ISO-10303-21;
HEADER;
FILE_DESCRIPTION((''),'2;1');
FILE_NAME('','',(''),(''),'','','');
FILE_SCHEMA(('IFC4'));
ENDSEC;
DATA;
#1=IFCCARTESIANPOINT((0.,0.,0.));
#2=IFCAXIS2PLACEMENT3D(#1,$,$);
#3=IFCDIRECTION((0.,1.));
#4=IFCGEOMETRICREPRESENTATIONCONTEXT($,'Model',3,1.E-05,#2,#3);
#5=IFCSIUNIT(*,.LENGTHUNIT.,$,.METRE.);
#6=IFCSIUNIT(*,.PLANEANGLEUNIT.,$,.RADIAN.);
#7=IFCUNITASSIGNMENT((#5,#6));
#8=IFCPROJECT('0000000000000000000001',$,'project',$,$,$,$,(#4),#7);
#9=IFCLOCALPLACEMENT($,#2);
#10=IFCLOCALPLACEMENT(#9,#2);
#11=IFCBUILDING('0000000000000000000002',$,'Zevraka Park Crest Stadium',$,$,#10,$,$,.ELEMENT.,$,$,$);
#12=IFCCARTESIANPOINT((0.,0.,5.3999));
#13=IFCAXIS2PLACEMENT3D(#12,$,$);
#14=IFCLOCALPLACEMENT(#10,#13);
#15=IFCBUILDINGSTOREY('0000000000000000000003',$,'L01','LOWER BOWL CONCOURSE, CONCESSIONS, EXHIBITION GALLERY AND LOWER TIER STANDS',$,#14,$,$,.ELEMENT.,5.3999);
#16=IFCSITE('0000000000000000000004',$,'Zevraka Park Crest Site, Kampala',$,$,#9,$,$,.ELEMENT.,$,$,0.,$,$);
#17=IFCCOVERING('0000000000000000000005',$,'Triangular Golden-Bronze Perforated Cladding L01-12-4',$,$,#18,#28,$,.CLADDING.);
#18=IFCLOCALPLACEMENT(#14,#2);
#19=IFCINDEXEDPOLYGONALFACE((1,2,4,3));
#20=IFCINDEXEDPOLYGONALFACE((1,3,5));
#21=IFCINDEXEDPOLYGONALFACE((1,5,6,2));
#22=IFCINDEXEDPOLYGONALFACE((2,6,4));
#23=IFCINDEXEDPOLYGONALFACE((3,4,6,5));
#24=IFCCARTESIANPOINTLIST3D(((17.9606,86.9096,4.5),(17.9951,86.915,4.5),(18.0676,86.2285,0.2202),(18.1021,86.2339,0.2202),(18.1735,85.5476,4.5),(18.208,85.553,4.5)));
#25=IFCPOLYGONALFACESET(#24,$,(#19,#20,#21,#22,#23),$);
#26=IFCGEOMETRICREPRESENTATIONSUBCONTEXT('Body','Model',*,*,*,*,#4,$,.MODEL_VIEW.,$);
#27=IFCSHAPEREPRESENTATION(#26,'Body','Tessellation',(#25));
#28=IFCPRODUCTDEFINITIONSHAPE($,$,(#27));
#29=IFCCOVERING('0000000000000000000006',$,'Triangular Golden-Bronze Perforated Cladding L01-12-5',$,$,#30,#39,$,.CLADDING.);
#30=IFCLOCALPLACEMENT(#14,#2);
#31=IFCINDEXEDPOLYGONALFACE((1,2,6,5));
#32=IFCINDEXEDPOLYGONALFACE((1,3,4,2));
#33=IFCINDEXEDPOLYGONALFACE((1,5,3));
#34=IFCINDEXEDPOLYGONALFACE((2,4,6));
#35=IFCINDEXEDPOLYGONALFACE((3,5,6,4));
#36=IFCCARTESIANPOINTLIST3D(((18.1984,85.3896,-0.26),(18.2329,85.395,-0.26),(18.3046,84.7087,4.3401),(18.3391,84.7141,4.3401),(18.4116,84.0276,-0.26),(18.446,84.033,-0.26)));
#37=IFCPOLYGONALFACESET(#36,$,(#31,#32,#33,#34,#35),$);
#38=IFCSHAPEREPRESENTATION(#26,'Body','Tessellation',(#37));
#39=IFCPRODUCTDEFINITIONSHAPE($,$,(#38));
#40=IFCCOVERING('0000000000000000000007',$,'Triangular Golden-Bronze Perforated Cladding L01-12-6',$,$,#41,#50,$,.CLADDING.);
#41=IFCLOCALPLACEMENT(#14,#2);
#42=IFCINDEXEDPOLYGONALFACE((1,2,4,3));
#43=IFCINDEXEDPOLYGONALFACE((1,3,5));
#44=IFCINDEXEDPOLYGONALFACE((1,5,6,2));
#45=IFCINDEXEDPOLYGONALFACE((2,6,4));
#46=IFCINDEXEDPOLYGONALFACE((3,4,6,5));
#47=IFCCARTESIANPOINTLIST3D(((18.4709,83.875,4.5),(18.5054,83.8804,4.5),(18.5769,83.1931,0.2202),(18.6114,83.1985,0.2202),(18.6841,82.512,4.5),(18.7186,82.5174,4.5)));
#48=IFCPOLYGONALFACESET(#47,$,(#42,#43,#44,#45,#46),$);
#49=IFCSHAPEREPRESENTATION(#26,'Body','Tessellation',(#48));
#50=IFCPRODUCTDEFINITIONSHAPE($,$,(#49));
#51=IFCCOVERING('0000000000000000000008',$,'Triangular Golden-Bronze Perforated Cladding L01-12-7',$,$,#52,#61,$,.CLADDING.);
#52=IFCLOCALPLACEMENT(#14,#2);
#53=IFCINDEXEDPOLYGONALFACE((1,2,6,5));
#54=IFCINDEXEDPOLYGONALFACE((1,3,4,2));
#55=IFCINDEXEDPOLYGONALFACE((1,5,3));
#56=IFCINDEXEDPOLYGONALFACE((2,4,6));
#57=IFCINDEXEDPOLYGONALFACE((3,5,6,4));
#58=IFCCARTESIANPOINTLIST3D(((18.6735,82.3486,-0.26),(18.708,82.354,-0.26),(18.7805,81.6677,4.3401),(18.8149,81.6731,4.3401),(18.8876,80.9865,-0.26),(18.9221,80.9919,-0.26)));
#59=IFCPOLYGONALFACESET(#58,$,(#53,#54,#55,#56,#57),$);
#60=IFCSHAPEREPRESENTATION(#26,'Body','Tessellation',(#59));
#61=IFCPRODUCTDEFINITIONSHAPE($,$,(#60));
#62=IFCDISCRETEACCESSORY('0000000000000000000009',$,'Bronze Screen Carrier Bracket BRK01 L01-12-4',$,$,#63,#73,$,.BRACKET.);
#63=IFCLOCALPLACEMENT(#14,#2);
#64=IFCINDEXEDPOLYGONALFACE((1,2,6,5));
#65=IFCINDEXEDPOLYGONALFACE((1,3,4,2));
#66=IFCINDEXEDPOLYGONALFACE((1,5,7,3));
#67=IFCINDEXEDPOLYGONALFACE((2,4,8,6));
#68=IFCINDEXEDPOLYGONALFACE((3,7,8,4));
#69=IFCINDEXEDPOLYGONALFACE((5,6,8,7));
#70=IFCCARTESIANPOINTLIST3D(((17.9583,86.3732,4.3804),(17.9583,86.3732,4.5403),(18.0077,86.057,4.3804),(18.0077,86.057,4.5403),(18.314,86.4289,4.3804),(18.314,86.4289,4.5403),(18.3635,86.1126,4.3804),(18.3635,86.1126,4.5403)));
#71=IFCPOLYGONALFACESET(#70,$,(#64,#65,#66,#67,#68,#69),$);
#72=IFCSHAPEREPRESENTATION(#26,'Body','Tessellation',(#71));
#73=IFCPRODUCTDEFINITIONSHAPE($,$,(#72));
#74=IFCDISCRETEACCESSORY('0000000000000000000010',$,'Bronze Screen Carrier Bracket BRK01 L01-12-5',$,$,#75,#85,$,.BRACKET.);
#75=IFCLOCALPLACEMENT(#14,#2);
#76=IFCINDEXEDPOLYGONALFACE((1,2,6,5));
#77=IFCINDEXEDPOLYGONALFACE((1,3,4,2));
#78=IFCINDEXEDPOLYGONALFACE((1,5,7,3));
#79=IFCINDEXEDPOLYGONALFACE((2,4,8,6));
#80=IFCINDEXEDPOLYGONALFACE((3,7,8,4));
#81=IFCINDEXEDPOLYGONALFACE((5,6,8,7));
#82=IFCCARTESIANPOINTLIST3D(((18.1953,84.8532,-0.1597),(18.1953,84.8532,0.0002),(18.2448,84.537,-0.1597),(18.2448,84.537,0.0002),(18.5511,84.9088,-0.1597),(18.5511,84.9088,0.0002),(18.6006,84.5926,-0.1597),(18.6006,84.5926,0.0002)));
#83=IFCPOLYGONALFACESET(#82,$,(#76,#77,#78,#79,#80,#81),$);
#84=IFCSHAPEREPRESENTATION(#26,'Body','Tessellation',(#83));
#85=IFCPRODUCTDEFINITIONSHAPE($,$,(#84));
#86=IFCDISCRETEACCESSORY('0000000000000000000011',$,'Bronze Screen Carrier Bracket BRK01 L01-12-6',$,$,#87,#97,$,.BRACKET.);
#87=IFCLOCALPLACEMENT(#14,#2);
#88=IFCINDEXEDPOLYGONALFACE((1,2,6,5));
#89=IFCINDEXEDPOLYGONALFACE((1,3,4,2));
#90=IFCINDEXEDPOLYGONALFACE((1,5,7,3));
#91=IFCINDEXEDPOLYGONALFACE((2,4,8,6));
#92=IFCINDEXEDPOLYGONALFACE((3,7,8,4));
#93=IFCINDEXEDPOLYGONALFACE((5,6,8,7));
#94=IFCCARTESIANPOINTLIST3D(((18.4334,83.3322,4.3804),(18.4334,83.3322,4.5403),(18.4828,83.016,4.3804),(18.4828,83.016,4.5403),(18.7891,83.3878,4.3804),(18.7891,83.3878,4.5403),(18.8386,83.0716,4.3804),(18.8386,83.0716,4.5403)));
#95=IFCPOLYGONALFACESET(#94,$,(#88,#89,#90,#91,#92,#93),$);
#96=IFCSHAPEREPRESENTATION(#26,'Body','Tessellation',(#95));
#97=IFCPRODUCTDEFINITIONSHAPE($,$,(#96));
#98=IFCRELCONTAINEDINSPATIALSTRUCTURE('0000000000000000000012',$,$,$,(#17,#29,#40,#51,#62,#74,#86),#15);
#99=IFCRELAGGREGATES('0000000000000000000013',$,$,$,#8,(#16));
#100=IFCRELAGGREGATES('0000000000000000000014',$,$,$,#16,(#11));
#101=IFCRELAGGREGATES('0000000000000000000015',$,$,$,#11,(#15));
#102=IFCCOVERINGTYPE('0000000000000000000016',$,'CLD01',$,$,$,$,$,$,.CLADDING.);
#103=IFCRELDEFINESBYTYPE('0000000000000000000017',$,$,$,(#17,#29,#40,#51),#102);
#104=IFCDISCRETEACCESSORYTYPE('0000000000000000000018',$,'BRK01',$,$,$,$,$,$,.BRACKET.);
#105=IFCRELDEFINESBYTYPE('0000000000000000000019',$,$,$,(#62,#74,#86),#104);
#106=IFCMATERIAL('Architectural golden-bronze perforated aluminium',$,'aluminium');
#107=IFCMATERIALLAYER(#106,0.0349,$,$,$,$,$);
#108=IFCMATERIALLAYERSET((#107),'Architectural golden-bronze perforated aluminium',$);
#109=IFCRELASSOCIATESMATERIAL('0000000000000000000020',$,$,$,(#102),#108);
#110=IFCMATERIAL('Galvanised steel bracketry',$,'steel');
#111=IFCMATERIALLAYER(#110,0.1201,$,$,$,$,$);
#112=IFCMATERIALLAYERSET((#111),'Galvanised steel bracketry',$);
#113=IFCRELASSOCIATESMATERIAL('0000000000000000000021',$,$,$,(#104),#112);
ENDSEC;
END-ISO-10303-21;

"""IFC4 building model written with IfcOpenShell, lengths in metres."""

from ifc_helpers import new_model, si_unit, direction, frame, origin, origin_2d, place, context, subcontext, project, spatial, polyline, rectangle, outline, extrude, material, layer, layer_set, type_object, element, save


model = new_model("IFC4")

# Units and contexts
model_context = context("Model", 3, precision=1e-05, world=origin(), true_north=direction((0.0, 1.0)))
body_context = subcontext(model_context, "Body", "Model", "MODEL_VIEW")
ifc_project = project(units=[si_unit("LENGTHUNIT", "METRE"), si_unit("PLANEANGLEUNIT", "RADIAN")], contexts=[model_context])

# Site, building, storey
site_placement = place(None, origin())
site = spatial("IfcSite", under=ifc_project, at=site_placement, Name="Zevraka Park Crest Site, Kampala", CompositionType="ELEMENT", RefElevation=0.0)
building_placement = place(site_placement, origin())
building = spatial("IfcBuilding", under=site, at=building_placement, Name="Zevraka Park Crest Stadium", CompositionType="ELEMENT")
storey_placement = place(building_placement, frame((0.0, 0.0, 5.3999)))
storey = spatial("IfcBuildingStorey", under=building, at=storey_placement, Name="L01", Description="LOWER BOWL CONCOURSE, CONCESSIONS, EXHIBITION GALLERY AND LOWER TIER STANDS", CompositionType="ELEMENT", Elevation=5.3999)

# Coverings
ifc_material_1 = material(Name="Architectural golden-bronze perforated aluminium", Category="aluminium")
ifc_layer_1 = layer(ifc_material_1, 0.0349)
ifc_layer_set_1 = layer_set([ifc_layer_1], Name="Architectural golden-bronze perforated aluminium")
covering_type = type_object("IfcCoveringType", Name="CLD01", PredefinedType="CLADDING", material=ifc_layer_set_1)
covering_1_placement = place(storey_placement, frame((18.208, 85.553, 4.5), z_axis=(0.988004, 0.154425, 0.000108), x_axis=(-0.154426, 0.988004, 0.0)))
element("IfcCovering", 1, at=covering_1_placement, inside=storey, type_object=covering_type, Name="Triangular Golden-Bronze Perforated Cladding L01-12-4", PredefinedType="CLADDING", context=body_context, shape_type="SweptSolid", body=[
    extrude(outline(polyline([(0.0, 0.0), (1.3786, 0.0), (0.6891, -4.2798), (0.0, 0.0)])), origin(), (0.0, 0.0, -1.0), 0.0349),
])
covering_2_placement = place(storey_placement, frame((18.2329, 85.395, -0.26), z_axis=(0.987977, 0.154598, 0.000075), x_axis=(0.154598, -0.987977, 0.0)))
element("IfcCovering", 2, at=covering_2_placement, inside=storey, type_object=covering_type, Name="Triangular Golden-Bronze Perforated Cladding L01-12-5", PredefinedType="CLADDING", context=body_context, shape_type="SweptSolid", body=[
    extrude(outline(polyline([(0.0, 0.0), (1.3786, 0.0), (0.6891, -4.6001), (0.0, 0.0)])), origin(), (0.0, 0.0, -1.0), 0.0349),
])
covering_3_placement = place(storey_placement, frame((18.6841, 82.512, 4.5), z_axis=(-0.987994, -0.15449, 0.000154), x_axis=(-0.15449, 0.987994, 0.0)))
element("IfcCovering", 3, at=covering_3_placement, inside=storey, type_object=covering_type, Name="Triangular Golden-Bronze Perforated Cladding L01-12-6", PredefinedType="CLADDING", context=body_context, shape_type="SweptSolid", body=[
    extrude(outline(polyline([(0.0, 0.0), (1.3796, 0.0), (0.6895, 4.2798), (0.0, 0.0)])), origin(), (0.0, 0.0, -1.0), 0.0349),
])
covering_4_placement = place(storey_placement, frame((18.708, 82.354, -0.26), z_axis=(0.987869, 0.15529, 0.000022), x_axis=(0.15529, -0.987869, 0.0)))
element("IfcCovering", 4, at=covering_4_placement, inside=storey, type_object=covering_type, Name="Triangular Golden-Bronze Perforated Cladding L01-12-7", PredefinedType="CLADDING", context=body_context, shape_type="SweptSolid", body=[
    extrude(outline(polyline([(0.0, 0.0), (1.3788, 0.0), (0.6893, -4.6001), (0.0, 0.0)])), origin(), (0.0, 0.0, -1.0), 0.0349),
])

# Discrete accessories
ifc_material_2 = material(Name="Galvanised steel bracketry", Category="steel")
ifc_layer_2 = layer(ifc_material_2, 0.1201)
ifc_layer_set_2 = layer_set([ifc_layer_2], Name="Galvanised steel bracketry")
discrete_accessory_type = type_object("IfcDiscreteAccessoryType", Name="BRK01", PredefinedType="BRACKET", material=ifc_layer_set_2)
for number, where, z_axis, x_axis, name in (
    (5, (18.1609, 86.2429, 4.3804), (0.0, 0.0, 1.0), (0.154538, -0.987987, 0.0), "Bronze Screen Carrier Bracket BRK01 L01-12-4"),
    (6, (18.3979, 84.7229, -0.1597), (0.0, 0.0, 1.0), (0.154538, -0.987987, 0.0), "Bronze Screen Carrier Bracket BRK01 L01-12-5"),
    (7, (18.636, 83.2019, 4.3804), (0.0, 0.0, 1.0), (0.154538, -0.987987, 0.0), "Bronze Screen Carrier Bracket BRK01 L01-12-6"),
):
    element("IfcDiscreteAccessory", number, at=place(storey_placement, frame(where, z_axis=z_axis, x_axis=x_axis)), inside=storey, type_object=discrete_accessory_type, Name=name, PredefinedType="BRACKET", context=body_context, shape_type="SweptSolid", body=[
        extrude(rectangle(XDim=0.3201, YDim=0.3601, at=origin_2d()), origin(), (0.0, 0.0, 1.0), 0.1599),
    ])

save(model, "model.ifc")
